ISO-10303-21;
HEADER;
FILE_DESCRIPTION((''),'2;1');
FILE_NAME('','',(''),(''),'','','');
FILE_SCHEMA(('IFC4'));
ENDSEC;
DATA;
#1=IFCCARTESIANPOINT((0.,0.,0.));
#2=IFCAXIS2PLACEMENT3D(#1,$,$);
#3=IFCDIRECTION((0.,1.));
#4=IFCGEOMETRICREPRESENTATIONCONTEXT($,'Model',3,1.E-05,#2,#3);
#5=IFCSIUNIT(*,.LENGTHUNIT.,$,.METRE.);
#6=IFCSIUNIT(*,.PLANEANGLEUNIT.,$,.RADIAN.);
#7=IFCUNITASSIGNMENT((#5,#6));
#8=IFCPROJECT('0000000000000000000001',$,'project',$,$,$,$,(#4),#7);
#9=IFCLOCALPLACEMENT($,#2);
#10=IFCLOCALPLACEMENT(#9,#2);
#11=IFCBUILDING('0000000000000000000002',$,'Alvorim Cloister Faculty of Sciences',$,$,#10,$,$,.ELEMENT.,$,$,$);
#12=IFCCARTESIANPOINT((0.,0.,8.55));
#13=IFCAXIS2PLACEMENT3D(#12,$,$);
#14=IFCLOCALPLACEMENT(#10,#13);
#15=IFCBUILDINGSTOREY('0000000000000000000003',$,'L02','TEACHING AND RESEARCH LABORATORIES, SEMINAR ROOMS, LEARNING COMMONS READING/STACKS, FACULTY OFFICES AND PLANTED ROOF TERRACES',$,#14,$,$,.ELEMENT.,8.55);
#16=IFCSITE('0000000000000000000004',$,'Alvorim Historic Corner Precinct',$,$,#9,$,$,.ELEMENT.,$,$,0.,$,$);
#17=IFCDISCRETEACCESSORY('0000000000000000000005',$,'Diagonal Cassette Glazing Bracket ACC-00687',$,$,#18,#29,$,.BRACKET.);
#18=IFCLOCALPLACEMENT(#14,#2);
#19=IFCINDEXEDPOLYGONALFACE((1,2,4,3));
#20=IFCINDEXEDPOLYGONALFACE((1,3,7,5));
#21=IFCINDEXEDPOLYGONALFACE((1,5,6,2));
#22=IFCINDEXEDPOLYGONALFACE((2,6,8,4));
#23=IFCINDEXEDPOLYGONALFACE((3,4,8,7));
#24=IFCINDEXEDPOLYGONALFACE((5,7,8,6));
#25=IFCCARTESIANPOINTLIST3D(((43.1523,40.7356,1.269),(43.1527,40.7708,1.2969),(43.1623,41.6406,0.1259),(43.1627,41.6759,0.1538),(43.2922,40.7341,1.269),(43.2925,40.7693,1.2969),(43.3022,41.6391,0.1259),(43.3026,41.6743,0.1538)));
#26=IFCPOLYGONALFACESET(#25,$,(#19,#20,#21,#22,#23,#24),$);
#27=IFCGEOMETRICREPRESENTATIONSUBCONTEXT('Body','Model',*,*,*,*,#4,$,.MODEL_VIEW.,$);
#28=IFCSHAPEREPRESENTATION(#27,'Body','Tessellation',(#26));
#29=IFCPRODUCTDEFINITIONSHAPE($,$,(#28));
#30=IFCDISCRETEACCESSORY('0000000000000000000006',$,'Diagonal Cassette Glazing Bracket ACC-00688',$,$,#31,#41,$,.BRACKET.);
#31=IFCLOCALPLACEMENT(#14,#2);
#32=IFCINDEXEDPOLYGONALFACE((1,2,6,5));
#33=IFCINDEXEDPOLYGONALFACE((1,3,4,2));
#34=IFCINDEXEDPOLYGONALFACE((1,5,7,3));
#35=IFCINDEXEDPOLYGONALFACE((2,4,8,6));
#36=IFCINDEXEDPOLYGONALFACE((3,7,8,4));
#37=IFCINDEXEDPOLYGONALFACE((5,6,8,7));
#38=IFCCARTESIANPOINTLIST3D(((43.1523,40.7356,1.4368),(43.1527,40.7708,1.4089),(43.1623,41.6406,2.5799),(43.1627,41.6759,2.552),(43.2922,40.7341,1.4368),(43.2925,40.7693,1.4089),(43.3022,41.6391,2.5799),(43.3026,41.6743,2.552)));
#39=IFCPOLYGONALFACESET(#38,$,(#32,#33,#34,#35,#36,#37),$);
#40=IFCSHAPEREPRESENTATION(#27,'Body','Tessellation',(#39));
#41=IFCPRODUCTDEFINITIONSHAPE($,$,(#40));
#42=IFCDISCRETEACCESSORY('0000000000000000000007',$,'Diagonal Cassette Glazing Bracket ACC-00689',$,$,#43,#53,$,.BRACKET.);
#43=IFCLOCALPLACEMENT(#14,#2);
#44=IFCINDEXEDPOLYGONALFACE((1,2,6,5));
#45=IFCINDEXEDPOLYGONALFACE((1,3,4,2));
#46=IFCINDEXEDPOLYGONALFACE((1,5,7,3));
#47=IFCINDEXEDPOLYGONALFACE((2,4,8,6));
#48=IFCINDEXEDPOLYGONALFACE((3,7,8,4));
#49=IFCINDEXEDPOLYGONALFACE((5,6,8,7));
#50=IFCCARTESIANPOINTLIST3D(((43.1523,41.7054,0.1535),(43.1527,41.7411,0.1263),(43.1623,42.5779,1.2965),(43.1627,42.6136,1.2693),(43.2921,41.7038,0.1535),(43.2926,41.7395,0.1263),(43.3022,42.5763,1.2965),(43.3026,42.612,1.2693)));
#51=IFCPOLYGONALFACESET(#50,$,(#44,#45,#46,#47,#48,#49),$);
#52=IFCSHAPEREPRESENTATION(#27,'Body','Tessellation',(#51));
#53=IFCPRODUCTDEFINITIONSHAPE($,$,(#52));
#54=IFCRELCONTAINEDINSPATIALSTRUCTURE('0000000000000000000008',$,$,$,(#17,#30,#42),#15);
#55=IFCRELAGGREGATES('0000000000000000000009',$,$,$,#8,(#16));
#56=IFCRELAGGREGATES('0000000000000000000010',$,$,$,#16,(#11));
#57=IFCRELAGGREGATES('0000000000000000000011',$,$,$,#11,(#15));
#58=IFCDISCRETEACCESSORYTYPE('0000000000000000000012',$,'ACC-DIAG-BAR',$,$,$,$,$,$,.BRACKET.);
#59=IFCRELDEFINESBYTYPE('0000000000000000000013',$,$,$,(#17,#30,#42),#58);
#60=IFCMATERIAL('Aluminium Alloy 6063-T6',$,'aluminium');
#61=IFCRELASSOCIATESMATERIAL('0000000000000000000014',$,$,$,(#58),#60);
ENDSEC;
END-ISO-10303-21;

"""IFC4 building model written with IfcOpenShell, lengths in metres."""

from ifc_helpers import new_model, si_unit, direction, frame, origin, origin_2d, place, context, subcontext, project, spatial, rectangle, extrude, material, type_object, element, save


model = new_model("IFC4")

# Units and contexts
model_context = context("Model", 3, precision=1e-05, world=origin(), true_north=direction((0.0, 1.0)))
body_context = subcontext(model_context, "Body", "Model", "MODEL_VIEW")
ifc_project = project(units=[si_unit("LENGTHUNIT", "METRE"), si_unit("PLANEANGLEUNIT", "RADIAN")], contexts=[model_context])

# Site, building, storey
site_placement = place(None, origin())
site = spatial("IfcSite", under=ifc_project, at=site_placement, Name="Alvorim Historic Corner Precinct", CompositionType="ELEMENT", RefElevation=0.0)
building_placement = place(site_placement, origin())
building = spatial("IfcBuilding", under=site, at=building_placement, Name="Alvorim Cloister Faculty of Sciences", CompositionType="ELEMENT")
storey_placement = place(building_placement, frame((0.0, 0.0, 8.55)))
storey = spatial("IfcBuildingStorey", under=building, at=storey_placement, Name="L02", Description="TEACHING AND RESEARCH LABORATORIES, SEMINAR ROOMS, LEARNING COMMONS READING/STACKS, FACULTY OFFICES AND PLANTED ROOF TERRACES", CompositionType="ELEMENT", Elevation=8.55)

# Shared definitions
ifc_material_1 = material(Name="Aluminium Alloy 6063-T6", Category="aluminium")

# Discrete accessories
discrete_accessory_type = type_object("IfcDiscreteAccessoryType", Name="ACC-DIAG-BAR", PredefinedType="BRACKET", material=ifc_material_1)
for number, where, z_axis, x_axis, name in (
    (1, (43.2224, 40.7524, 1.283), (0.006865, 0.620731, -0.783993), (-0.999939, 0.011059, 0.0), "Diagonal Cassette Glazing Bracket ACC-00687"),
    (2, (43.2224, 40.7524, 1.4229), (0.006865, 0.620731, 0.783993), (-0.999939, 0.011059, 0.0), "Diagonal Cassette Glazing Bracket ACC-00688"),
):
    element("IfcDiscreteAccessory", number, at=place(storey_placement, frame(where, z_axis=z_axis, x_axis=x_axis)), inside=storey, type_object=discrete_accessory_type, Name=name, PredefinedType="BRACKET", context=body_context, shape_type="SweptSolid", body=[
        extrude(rectangle(XDim=0.1399, YDim=0.0449, at=origin_2d()), origin(), (0.0, 0.0, 1.0), 1.458),
    ])
discrete_accessory_placement = place(storey_placement, frame((43.2224, 41.7224, 0.1399), z_axis=(0.006961, 0.606755, 0.794859), x_axis=(-0.999934, 0.011471, 0.0)))
element("IfcDiscreteAccessory", 3, at=discrete_accessory_placement, inside=storey, type_object=discrete_accessory_type, Name="Diagonal Cassette Glazing Bracket ACC-00689", PredefinedType="BRACKET", context=body_context, shape_type="SweptSolid", body=[
    extrude(rectangle(XDim=0.1399, YDim=0.0449, at=origin_2d()), origin(), (0.0, 0.0, 1.0), 1.438),
])

save(model, "model.ifc")
